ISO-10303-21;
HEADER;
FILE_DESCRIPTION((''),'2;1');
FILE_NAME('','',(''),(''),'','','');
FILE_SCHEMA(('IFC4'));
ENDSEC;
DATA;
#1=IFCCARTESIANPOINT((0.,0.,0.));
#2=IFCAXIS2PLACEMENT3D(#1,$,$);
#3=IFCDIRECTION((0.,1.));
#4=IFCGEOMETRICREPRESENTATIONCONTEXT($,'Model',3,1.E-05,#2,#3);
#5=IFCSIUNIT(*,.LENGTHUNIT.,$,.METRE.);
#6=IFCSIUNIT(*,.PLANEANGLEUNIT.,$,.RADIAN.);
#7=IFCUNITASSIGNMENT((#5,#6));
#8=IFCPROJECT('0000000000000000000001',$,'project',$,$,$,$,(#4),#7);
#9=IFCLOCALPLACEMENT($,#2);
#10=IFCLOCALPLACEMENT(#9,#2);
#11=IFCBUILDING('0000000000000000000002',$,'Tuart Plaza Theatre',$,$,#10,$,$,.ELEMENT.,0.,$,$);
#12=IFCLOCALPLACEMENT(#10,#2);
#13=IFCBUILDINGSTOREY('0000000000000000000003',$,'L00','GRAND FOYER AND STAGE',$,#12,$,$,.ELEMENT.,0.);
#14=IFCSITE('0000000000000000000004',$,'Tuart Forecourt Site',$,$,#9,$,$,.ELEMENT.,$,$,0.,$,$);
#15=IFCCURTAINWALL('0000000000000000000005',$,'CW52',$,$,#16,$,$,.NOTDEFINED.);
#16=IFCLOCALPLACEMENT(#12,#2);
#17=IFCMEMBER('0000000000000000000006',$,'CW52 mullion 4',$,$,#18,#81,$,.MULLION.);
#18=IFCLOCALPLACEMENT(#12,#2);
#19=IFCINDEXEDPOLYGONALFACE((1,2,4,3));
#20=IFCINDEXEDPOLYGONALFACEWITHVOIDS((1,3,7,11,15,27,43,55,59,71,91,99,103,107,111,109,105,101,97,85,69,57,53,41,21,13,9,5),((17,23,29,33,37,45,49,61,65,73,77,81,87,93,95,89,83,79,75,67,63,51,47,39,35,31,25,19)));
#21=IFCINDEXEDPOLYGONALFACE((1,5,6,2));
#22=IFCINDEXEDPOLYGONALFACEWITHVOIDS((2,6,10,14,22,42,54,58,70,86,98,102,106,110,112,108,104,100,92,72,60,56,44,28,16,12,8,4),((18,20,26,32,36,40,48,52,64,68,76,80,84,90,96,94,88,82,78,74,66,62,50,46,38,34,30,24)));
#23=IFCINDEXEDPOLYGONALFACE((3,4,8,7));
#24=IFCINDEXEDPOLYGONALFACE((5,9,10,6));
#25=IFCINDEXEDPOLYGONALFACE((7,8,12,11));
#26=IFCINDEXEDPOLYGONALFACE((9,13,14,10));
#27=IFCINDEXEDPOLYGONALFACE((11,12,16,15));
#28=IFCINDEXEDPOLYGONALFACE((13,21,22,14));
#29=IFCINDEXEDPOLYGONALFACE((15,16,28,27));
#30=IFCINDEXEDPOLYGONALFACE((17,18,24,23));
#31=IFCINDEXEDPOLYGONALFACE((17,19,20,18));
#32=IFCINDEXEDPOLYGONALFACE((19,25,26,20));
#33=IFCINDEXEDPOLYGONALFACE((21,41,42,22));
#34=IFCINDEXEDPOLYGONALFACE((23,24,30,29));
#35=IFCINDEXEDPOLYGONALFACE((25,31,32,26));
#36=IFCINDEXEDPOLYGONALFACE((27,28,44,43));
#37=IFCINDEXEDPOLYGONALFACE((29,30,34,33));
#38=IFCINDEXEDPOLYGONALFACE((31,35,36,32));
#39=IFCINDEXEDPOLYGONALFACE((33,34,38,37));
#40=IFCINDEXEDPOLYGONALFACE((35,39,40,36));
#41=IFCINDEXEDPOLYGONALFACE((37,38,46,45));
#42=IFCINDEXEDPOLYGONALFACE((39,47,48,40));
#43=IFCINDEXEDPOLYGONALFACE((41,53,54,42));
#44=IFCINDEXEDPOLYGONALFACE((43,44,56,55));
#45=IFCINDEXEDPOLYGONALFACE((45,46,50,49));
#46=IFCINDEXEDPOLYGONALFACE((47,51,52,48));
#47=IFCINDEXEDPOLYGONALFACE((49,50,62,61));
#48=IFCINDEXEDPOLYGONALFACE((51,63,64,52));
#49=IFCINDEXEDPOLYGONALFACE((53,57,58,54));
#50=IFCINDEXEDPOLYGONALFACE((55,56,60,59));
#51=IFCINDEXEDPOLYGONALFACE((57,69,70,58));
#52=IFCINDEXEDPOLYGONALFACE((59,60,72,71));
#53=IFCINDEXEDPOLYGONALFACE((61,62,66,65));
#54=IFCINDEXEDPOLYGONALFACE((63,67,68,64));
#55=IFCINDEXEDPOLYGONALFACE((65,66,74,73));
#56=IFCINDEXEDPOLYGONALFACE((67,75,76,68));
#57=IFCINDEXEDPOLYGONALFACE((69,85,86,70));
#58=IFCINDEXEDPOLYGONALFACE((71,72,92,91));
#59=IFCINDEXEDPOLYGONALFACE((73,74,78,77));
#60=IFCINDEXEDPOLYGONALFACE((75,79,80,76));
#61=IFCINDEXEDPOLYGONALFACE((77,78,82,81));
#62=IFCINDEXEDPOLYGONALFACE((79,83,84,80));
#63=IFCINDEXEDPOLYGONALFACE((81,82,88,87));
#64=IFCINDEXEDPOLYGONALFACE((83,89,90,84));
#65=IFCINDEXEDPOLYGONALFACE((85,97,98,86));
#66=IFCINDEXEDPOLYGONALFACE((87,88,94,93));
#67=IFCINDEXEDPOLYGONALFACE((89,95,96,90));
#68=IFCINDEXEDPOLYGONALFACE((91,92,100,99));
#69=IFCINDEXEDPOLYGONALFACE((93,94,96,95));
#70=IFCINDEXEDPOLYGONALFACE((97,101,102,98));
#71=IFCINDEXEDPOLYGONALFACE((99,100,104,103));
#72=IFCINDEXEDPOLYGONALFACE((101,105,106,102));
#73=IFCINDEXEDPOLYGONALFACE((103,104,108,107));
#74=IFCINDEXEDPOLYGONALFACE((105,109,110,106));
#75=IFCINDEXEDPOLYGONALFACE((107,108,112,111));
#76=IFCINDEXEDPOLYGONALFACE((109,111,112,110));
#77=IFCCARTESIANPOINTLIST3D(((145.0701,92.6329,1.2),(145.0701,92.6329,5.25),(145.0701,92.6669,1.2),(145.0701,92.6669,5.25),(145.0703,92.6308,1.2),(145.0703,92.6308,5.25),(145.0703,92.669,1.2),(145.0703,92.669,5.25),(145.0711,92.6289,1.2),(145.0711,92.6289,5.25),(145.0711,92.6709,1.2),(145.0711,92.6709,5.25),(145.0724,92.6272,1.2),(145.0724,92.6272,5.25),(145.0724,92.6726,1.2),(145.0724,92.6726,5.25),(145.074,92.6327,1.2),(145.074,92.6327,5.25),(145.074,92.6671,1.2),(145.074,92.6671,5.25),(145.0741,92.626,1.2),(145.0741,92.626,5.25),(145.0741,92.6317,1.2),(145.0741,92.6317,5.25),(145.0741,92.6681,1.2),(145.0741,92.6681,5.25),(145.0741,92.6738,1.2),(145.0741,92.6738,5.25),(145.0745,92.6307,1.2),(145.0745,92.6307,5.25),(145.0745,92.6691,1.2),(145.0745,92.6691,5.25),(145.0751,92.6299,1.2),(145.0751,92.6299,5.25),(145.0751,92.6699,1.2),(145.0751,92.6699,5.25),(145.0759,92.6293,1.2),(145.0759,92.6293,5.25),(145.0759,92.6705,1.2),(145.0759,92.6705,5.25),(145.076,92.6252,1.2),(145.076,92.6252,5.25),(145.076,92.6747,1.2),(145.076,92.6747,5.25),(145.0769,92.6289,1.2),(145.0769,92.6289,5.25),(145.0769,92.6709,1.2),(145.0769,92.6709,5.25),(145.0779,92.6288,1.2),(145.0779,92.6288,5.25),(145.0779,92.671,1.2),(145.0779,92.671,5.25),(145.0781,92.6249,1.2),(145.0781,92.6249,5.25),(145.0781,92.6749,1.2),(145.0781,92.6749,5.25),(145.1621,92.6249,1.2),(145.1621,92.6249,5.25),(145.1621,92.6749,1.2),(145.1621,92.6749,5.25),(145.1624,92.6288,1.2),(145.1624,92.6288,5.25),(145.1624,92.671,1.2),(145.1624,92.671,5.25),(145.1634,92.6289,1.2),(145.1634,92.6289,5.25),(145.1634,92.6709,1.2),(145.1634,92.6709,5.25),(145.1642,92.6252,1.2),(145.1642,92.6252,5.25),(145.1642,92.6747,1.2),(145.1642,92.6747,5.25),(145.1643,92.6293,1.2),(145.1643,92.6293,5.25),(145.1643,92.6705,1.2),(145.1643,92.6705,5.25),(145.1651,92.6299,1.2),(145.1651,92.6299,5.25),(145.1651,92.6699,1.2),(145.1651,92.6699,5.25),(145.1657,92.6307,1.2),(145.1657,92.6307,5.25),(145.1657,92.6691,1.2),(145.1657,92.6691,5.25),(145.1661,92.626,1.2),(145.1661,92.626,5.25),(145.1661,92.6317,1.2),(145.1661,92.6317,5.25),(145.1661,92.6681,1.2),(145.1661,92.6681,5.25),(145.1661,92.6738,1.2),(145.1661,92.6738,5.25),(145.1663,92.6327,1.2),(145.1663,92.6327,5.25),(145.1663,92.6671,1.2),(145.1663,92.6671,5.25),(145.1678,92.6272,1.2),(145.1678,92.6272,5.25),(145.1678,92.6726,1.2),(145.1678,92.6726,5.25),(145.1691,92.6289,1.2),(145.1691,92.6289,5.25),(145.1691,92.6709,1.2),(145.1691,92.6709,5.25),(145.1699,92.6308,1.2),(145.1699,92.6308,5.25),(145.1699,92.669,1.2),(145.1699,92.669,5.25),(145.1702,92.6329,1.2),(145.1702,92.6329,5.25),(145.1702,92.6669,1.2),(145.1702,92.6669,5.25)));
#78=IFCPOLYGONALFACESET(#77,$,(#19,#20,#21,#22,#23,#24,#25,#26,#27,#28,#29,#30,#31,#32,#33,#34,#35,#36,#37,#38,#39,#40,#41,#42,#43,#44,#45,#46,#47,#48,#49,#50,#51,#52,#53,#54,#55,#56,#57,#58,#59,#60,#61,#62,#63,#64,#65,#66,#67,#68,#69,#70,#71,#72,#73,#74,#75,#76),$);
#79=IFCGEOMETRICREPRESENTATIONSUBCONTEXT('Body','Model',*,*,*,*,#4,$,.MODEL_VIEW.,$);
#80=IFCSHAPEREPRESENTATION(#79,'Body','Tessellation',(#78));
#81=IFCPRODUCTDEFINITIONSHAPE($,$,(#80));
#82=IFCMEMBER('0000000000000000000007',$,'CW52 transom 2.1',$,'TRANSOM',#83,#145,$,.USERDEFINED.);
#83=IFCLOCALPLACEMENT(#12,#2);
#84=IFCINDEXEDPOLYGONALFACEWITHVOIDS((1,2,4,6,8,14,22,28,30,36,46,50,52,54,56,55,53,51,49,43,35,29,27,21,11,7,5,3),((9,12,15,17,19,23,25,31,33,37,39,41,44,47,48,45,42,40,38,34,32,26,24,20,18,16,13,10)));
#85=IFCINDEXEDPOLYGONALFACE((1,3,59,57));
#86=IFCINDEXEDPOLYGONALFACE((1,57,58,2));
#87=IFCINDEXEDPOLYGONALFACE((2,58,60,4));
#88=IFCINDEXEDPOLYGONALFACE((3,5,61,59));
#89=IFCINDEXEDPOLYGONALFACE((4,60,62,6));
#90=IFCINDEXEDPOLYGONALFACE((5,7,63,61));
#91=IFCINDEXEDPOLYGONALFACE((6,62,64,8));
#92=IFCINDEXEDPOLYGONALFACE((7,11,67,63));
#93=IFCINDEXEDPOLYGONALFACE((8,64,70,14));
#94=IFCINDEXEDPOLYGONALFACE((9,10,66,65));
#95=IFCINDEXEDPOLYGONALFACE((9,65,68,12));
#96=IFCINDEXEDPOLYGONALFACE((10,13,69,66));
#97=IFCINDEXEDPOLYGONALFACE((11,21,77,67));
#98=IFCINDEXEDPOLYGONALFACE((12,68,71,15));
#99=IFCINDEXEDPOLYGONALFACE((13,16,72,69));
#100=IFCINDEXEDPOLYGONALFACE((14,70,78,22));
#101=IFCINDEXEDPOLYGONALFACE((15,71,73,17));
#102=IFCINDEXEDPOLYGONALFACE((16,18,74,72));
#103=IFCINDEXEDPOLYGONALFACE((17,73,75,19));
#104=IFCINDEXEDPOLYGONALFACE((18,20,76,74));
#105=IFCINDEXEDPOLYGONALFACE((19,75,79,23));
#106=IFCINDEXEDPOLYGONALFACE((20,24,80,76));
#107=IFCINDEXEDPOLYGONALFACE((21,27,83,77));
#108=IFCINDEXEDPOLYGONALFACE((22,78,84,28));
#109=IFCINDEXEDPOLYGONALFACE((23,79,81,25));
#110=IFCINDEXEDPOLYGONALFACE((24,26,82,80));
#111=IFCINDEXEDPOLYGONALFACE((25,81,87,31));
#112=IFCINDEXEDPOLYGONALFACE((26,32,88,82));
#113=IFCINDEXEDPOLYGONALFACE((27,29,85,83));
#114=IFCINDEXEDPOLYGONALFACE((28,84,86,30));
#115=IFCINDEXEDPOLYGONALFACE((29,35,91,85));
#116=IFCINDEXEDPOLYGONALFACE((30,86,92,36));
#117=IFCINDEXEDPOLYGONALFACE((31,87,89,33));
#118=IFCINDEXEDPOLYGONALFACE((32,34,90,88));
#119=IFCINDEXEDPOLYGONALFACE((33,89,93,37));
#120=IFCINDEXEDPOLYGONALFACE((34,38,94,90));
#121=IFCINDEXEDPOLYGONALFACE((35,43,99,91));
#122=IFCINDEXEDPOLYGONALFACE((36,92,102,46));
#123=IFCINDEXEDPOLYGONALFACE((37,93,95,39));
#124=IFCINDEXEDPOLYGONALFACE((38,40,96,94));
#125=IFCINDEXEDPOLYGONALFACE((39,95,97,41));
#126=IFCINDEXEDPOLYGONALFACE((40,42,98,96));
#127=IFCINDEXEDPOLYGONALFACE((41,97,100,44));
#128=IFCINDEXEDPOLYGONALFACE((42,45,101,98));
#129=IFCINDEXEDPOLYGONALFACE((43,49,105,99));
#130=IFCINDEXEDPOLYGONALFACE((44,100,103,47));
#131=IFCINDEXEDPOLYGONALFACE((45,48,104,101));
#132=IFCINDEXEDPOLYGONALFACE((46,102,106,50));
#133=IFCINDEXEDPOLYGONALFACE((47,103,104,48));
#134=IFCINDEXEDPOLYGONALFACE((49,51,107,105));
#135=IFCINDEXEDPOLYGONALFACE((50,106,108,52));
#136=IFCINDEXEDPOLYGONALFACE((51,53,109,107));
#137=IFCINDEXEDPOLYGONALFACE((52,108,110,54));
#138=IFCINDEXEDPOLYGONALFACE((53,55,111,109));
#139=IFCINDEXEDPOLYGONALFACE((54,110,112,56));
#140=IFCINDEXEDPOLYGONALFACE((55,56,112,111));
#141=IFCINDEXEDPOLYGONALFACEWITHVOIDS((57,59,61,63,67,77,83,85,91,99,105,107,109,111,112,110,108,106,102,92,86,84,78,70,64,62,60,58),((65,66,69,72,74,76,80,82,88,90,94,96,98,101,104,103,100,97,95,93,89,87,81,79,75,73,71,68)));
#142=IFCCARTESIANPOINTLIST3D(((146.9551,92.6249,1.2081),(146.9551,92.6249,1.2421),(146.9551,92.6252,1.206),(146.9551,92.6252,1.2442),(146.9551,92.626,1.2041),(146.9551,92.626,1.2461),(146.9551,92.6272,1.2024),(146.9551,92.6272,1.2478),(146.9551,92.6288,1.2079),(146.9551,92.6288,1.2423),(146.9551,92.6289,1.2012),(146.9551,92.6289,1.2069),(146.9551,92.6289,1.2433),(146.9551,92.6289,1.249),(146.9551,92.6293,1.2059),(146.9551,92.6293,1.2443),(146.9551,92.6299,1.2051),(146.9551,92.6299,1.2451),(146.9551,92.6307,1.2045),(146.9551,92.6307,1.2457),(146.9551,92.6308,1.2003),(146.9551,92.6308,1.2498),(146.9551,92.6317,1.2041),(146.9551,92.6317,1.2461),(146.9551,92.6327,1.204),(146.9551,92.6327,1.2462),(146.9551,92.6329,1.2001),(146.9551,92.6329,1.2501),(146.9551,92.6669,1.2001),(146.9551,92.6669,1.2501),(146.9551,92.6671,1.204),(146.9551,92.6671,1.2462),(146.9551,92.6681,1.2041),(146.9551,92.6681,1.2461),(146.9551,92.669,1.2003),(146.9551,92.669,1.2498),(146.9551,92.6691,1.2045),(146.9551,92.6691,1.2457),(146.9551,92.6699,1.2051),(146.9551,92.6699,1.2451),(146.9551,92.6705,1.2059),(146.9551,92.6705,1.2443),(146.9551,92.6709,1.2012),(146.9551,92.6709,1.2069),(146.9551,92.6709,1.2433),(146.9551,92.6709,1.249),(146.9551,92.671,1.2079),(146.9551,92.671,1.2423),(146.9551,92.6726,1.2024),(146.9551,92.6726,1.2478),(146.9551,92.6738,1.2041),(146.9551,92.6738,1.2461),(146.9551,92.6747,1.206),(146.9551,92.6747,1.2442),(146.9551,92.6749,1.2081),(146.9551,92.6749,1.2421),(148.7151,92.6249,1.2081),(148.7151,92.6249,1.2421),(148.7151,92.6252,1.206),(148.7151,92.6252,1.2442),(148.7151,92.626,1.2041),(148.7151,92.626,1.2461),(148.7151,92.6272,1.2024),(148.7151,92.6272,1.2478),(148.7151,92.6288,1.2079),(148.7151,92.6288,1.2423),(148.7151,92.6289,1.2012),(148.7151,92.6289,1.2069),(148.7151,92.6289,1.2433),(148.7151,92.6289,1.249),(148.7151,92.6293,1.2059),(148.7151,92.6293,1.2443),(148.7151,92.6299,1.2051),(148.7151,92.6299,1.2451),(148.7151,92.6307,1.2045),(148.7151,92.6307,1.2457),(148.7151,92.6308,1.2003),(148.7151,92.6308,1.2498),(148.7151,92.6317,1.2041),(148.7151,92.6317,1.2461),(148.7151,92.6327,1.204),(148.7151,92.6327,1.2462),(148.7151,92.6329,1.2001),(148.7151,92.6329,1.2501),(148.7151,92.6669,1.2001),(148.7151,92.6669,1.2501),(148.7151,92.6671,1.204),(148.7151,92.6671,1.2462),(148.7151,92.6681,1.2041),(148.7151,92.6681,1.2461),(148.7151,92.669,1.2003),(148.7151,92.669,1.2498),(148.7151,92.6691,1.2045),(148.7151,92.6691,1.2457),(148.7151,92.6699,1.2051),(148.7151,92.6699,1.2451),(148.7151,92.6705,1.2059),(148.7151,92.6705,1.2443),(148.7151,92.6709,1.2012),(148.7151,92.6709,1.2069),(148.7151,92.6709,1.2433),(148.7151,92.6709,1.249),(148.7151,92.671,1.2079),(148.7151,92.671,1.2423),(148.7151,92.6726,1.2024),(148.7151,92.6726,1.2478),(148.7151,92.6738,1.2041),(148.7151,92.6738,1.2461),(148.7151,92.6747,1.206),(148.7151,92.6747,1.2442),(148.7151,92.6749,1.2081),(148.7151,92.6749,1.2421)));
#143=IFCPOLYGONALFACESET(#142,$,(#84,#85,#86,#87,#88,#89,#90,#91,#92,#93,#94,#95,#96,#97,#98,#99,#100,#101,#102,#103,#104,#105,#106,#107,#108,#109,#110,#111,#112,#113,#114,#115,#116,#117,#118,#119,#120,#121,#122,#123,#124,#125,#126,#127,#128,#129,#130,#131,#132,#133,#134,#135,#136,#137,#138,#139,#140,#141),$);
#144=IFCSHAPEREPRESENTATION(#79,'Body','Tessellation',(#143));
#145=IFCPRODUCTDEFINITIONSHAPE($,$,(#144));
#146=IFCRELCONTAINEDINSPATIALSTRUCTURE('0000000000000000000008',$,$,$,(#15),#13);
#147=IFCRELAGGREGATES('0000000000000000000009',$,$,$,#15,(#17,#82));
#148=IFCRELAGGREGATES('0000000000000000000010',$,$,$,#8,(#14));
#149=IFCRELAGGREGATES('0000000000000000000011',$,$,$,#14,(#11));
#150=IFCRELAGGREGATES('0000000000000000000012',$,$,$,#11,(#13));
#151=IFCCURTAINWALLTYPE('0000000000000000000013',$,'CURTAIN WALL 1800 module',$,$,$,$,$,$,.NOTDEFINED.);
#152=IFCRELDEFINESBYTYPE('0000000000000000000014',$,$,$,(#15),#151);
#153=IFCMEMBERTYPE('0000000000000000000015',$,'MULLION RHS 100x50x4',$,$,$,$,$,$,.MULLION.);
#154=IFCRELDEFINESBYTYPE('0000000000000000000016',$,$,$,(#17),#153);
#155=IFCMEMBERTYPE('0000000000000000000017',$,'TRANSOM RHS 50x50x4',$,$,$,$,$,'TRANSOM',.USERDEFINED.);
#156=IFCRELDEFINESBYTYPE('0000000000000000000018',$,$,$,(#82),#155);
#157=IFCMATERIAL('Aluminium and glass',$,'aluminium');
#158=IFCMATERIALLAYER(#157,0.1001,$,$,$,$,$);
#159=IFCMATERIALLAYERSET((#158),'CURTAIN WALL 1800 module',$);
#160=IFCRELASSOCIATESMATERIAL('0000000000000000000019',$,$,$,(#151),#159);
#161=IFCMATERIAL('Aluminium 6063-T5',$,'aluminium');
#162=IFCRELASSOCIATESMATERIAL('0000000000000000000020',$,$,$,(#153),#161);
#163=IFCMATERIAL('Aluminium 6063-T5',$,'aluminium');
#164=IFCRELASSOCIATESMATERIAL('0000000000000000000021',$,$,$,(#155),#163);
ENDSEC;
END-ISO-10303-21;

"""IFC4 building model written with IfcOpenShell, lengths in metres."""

from ifc_helpers import new_model, si_unit, direction, frame, origin, origin_2d, place, context, subcontext, project, spatial, hollow_rectangle, extrude, material, layer, layer_set, material_profile, profile_set, type_object, element, aggregate, save


model = new_model("IFC4")

# Units and contexts
model_context = context("Model", 3, precision=1e-05, world=origin(), true_north=direction((0.0, 1.0)))
body_context = subcontext(model_context, "Body", "Model", "MODEL_VIEW")
ifc_project = project(units=[si_unit("LENGTHUNIT", "METRE"), si_unit("PLANEANGLEUNIT", "RADIAN")], contexts=[model_context])

# Site, building, storey
site_placement = place(None, origin())
site = spatial("IfcSite", under=ifc_project, at=site_placement, Name="Tuart Forecourt Site", CompositionType="ELEMENT", RefElevation=0.0)
building_placement = place(site_placement, origin())
building = spatial("IfcBuilding", under=site, at=building_placement, Name="Tuart Plaza Theatre", CompositionType="ELEMENT", ElevationOfRefHeight=0.0)
storey_placement = place(building_placement, origin())
storey = spatial("IfcBuildingStorey", under=building, at=storey_placement, Name="L00", Description="GRAND FOYER AND STAGE", CompositionType="ELEMENT", Elevation=0.0)

# Curtain wall, members
ifc_material_1 = material(Name="Aluminium and glass", Category="aluminium")
ifc_layer_1 = layer(ifc_material_1, 0.1001)
ifc_layer_set_1 = layer_set([ifc_layer_1], Name="CURTAIN WALL 1800 module")
curtain_wall_type = type_object("IfcCurtainWallType", Name="CURTAIN WALL 1800 module", PredefinedType="NOTDEFINED", material=ifc_layer_set_1)
curtain_wall_placement = place(storey_placement, origin())
curtain_wall = element("IfcCurtainWall", 1, at=curtain_wall_placement, inside=storey, type_object=curtain_wall_type, Name="CW52", PredefinedType="NOTDEFINED")
ifc_material_2 = material(Name="Aluminium 6063-T5", Category="aluminium")
ifc_material_profile_1 = material_profile(ifc_material_2, hollow_rectangle(XDim=0.05, YDim=0.1001, WallThickness=0.0039, InnerFilletRadius=0.0039, OuterFilletRadius=0.0081, at=origin_2d()), Name="RHS 100x50x4")
ifc_profile_set_1 = profile_set([ifc_material_profile_1], Name="Aluminium 6063-T5")
member_type_1 = type_object("IfcMemberType", Name="MULLION RHS 100x50x4", PredefinedType="MULLION", material=ifc_profile_set_1)
member_1_placement = place(storey_placement, frame((145.1201, 92.6499, 1.2), z_axis=(0.0, 0.0, 1.0), x_axis=(0.0, -1.0, 0.0)))
member_1 = element("IfcMember", 2, at=member_1_placement, type_object=member_type_1, Name="CW52 mullion 4", PredefinedType="MULLION", context=body_context, shape_type="SweptSolid", body=[
    extrude(hollow_rectangle(XDim=0.05, YDim=0.1001, WallThickness=0.0039, InnerFilletRadius=0.0039, OuterFilletRadius=0.0081, at=origin_2d()), origin(), (0.0, 0.0, 1.0), 4.05),
])
ifc_material_3 = material(Name="Aluminium 6063-T5", Category="aluminium")
ifc_material_profile_2 = material_profile(ifc_material_3, hollow_rectangle(XDim=0.05, YDim=0.05, WallThickness=0.0039, InnerFilletRadius=0.0039, OuterFilletRadius=0.0081, at=origin_2d()), Name="RHS 50x50x4")
ifc_profile_set_2 = profile_set([ifc_material_profile_2], Name="Aluminium 6063-T5")
member_type_2 = type_object("IfcMemberType", Name="TRANSOM RHS 50x50x4", ElementType="TRANSOM", PredefinedType="USERDEFINED", material=ifc_profile_set_2)
member_2_placement = place(storey_placement, frame((148.7151, 92.6499, 1.2251), z_axis=(-1.0, 0.0, 0.0), x_axis=(0.0, -1.0, 0.0)))
member_2 = element("IfcMember", 3, at=member_2_placement, type_object=member_type_2, Name="CW52 transom 2.1", ObjectType="TRANSOM", PredefinedType="USERDEFINED", context=body_context, shape_type="SweptSolid", body=[
    extrude(hollow_rectangle(XDim=0.05, YDim=0.05, WallThickness=0.0039, InnerFilletRadius=0.0039, OuterFilletRadius=0.0081, at=origin_2d()), origin(), (0.0, 0.0, 1.0), 1.76),
])
aggregate(curtain_wall, [member_1, member_2])

save(model, "model.ifc")
